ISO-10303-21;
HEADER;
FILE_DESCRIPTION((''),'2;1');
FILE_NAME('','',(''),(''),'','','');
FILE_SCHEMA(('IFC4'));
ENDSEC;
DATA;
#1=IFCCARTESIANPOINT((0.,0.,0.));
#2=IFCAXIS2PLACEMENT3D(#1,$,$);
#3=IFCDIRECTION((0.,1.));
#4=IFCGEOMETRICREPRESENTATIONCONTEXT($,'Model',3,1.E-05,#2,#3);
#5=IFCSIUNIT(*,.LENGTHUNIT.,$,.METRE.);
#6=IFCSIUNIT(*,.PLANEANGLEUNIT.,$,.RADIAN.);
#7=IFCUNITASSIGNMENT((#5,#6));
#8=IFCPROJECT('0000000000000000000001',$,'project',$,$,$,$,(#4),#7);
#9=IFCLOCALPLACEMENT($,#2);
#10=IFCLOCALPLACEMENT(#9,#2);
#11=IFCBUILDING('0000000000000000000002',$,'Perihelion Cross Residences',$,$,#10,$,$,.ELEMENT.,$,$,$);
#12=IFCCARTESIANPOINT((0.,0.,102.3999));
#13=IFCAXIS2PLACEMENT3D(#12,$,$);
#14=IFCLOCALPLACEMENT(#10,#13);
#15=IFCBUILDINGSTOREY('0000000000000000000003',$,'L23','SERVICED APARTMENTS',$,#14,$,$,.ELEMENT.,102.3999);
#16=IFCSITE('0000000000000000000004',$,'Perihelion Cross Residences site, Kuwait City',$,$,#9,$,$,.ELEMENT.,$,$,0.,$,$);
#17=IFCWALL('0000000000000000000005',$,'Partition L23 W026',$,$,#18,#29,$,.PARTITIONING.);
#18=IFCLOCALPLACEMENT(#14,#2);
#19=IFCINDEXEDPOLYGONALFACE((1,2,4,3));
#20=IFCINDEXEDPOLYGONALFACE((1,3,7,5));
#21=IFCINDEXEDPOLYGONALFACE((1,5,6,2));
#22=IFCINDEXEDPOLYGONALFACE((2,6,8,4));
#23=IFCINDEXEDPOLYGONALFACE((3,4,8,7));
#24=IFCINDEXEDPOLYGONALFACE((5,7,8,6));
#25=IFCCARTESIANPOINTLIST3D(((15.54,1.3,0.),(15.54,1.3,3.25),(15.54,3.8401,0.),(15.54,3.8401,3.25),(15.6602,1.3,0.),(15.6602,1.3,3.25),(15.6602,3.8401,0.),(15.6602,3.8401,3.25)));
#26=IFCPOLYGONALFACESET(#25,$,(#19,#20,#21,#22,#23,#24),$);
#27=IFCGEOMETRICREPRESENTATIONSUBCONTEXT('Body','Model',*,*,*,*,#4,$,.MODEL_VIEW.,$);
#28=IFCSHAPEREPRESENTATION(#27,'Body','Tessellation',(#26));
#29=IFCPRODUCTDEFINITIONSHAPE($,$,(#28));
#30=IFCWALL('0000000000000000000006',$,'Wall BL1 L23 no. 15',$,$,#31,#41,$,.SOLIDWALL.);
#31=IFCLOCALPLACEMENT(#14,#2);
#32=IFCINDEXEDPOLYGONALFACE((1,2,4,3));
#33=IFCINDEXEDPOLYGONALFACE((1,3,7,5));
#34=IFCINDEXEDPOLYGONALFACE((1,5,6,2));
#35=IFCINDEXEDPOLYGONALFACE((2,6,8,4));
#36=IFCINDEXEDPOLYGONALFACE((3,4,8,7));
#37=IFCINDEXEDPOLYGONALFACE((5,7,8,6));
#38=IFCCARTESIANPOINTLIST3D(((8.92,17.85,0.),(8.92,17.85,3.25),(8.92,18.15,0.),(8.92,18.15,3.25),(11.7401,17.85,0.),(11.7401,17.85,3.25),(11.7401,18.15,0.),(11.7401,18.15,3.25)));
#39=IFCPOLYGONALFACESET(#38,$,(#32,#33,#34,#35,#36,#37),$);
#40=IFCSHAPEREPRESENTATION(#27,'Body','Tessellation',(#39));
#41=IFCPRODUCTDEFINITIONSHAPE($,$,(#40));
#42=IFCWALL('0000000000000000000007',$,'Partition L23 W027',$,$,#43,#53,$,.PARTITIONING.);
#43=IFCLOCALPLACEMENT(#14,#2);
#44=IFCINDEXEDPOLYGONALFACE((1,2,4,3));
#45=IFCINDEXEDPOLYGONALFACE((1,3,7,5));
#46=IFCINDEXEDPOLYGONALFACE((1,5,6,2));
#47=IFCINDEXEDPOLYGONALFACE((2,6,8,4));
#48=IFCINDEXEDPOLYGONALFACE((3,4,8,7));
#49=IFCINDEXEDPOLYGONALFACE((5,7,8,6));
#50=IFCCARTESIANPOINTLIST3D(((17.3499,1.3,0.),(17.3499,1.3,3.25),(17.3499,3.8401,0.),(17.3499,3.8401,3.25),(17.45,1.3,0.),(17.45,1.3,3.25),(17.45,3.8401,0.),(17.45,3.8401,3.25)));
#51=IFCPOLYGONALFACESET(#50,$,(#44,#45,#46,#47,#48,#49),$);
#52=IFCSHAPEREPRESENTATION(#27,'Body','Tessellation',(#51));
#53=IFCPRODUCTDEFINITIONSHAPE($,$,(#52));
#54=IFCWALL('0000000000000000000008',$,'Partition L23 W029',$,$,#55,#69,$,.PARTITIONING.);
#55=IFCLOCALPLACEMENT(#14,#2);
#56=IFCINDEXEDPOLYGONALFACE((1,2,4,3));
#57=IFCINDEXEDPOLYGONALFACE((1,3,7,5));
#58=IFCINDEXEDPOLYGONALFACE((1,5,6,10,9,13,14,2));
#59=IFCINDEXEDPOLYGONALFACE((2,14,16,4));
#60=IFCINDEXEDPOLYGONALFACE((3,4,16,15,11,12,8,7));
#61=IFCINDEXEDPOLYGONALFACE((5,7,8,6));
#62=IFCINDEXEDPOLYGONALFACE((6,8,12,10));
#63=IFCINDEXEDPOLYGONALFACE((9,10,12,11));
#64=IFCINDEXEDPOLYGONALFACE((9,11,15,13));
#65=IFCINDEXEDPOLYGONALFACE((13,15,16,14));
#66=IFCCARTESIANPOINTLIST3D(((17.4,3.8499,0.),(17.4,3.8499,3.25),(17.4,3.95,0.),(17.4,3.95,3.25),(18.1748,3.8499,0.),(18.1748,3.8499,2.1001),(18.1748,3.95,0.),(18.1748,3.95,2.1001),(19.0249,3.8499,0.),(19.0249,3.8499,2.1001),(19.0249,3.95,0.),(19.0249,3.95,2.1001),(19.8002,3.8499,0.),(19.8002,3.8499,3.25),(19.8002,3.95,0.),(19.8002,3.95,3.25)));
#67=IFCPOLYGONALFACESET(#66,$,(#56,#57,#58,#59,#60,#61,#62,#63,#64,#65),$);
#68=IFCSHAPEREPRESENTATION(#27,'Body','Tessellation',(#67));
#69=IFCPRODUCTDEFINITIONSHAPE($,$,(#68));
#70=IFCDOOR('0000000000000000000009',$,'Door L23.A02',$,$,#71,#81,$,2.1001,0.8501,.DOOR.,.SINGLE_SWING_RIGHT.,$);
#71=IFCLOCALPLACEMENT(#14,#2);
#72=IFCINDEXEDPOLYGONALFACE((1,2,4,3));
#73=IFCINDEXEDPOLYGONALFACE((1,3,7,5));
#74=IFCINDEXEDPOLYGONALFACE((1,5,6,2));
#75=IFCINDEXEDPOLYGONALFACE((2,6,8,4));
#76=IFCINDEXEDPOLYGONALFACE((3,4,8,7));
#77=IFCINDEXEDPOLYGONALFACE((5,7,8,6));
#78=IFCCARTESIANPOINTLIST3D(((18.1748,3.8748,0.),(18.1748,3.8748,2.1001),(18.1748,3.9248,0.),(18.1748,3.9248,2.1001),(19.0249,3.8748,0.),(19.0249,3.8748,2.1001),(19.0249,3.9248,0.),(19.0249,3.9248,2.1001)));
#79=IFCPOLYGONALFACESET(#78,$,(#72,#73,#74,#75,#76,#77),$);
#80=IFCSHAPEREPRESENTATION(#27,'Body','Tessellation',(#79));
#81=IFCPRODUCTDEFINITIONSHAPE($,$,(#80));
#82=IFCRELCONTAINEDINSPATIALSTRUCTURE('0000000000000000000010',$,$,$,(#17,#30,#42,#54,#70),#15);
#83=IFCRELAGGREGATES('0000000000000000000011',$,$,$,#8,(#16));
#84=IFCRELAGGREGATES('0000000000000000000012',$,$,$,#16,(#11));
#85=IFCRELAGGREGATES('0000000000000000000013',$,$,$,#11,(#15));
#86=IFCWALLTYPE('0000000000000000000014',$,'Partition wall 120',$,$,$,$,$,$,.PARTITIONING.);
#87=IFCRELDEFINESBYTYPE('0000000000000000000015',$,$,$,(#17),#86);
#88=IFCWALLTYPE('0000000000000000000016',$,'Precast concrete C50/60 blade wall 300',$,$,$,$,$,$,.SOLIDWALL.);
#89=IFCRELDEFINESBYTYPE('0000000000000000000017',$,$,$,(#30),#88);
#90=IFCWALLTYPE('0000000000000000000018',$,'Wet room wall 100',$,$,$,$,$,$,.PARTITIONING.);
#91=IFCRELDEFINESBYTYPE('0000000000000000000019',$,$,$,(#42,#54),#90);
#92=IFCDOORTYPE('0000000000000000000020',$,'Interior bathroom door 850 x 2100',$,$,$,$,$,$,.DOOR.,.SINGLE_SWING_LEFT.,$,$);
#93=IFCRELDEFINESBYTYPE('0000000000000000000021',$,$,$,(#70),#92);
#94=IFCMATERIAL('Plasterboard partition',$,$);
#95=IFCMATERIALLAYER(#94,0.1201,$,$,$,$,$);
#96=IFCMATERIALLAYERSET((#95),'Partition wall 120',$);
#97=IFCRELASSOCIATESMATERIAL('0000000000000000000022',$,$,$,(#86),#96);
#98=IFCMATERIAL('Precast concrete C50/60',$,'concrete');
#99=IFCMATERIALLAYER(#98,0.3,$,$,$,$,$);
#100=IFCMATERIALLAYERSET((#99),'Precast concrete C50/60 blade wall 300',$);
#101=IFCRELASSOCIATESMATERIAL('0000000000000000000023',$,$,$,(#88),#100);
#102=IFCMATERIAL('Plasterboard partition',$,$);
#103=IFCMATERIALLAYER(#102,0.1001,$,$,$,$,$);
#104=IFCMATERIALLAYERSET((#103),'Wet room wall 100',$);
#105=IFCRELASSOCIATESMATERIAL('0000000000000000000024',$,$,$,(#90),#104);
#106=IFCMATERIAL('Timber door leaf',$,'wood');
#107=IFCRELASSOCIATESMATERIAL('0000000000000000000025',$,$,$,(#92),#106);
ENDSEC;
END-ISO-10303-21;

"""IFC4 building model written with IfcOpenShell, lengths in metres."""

from ifc_helpers import new_model, si_unit, direction, frame, frame_2d, origin, place, context, subcontext, project, spatial, rectangle, extrude, material, layer, layer_set, type_object, element, fill, save


model = new_model("IFC4")

# Units and contexts
model_context = context("Model", 3, precision=1e-05, world=origin(), true_north=direction((0.0, 1.0)))
body_context = subcontext(model_context, "Body", "Model", "MODEL_VIEW")
ifc_project = project(units=[si_unit("LENGTHUNIT", "METRE"), si_unit("PLANEANGLEUNIT", "RADIAN")], contexts=[model_context])

# Site, building, storey
site_placement = place(None, origin())
site = spatial("IfcSite", under=ifc_project, at=site_placement, Name="Perihelion Cross Residences site, Kuwait City", CompositionType="ELEMENT", RefElevation=0.0)
building_placement = place(site_placement, origin())
building = spatial("IfcBuilding", under=site, at=building_placement, Name="Perihelion Cross Residences", CompositionType="ELEMENT")
storey_placement = place(building_placement, frame((0.0, 0.0, 102.3999)))
storey = spatial("IfcBuildingStorey", under=building, at=storey_placement, Name="L23", Description="SERVICED APARTMENTS", CompositionType="ELEMENT", Elevation=102.3999)

# Shared definitions
ifc_material_1 = material(Name="Plasterboard partition")
ifc_layer_1 = layer(ifc_material_1, 0.1201)
ifc_layer_set_1 = layer_set([ifc_layer_1], Name="Partition wall 120")
wall_type_1 = type_object("IfcWallType", Name="Partition wall 120", PredefinedType="PARTITIONING", material=ifc_layer_set_1)

# Walls
wall_1_placement = place(storey_placement, frame((15.6001, 3.8401, 0.0), z_axis=(0.0, 0.0, 1.0), x_axis=(0.0, -1.0, 0.0)))
element("IfcWall", 1, at=wall_1_placement, inside=storey, type_object=wall_type_1, Name="Partition L23 W026", PredefinedType="PARTITIONING", context=body_context, shape_type="SweptSolid", body=[
    extrude(rectangle(XDim=2.54, YDim=0.1201, at=frame_2d((1.27, 0.0))), origin(), (0.0, 0.0, 1.0), 3.25),
])
ifc_material_2 = material(Name="Precast concrete C50/60", Category="concrete")
ifc_layer_2 = layer(ifc_material_2, 0.3)
ifc_layer_set_2 = layer_set([ifc_layer_2], Name="Precast concrete C50/60 blade wall 300")
wall_type_2 = type_object("IfcWallType", Name="Precast concrete C50/60 blade wall 300", PredefinedType="SOLIDWALL", material=ifc_layer_set_2)
wall_2_placement = place(storey_placement, frame((8.9199, 18.0, 0.0), z_axis=(0.0, 0.0, 1.0), x_axis=(1.0, 0.0, 0.0)))
element("IfcWall", 2, at=wall_2_placement, inside=storey, type_object=wall_type_2, Name="Wall BL1 L23 no. 15", PredefinedType="SOLIDWALL", context=body_context, shape_type="SweptSolid", body=[
    extrude(rectangle(XDim=2.8201, YDim=0.3, at=frame_2d((1.4102, 0.0))), origin(), (0.0, 0.0, 1.0), 3.25),
])
ifc_material_3 = material(Name="Plasterboard partition")
ifc_layer_3 = layer(ifc_material_3, 0.1001)
ifc_layer_set_3 = layer_set([ifc_layer_3], Name="Wet room wall 100")
wall_type_3 = type_object("IfcWallType", Name="Wet room wall 100", PredefinedType="PARTITIONING", material=ifc_layer_set_3)
wall_3_placement = place(storey_placement, frame((17.3999, 3.8401, 0.0), z_axis=(0.0, 0.0, 1.0), x_axis=(0.0, -1.0, 0.0)))
element("IfcWall", 3, at=wall_3_placement, inside=storey, type_object=wall_type_3, Name="Partition L23 W027", PredefinedType="PARTITIONING", context=body_context, shape_type="SweptSolid", body=[
    extrude(rectangle(XDim=2.54, YDim=0.1001, at=frame_2d((1.27, 0.0))), origin(), (0.0, 0.0, 1.0), 3.25),
])

# Wall, opening, door
wall_4_placement = place(storey_placement, frame((17.3999, 3.8999, 0.0), z_axis=(0.0, 0.0, 1.0), x_axis=(1.0, 0.0, 0.0)))
wall_4 = element("IfcWall", 4, at=wall_4_placement, inside=storey, type_object=wall_type_3, Name="Partition L23 W029", PredefinedType="PARTITIONING", context=body_context, shape_type="SweptSolid", body=[
    extrude(rectangle(XDim=2.4001, YDim=0.1001, at=frame_2d((1.2002, 0.0))), origin(), (0.0, 0.0, 1.0), 3.25),
])
opening_1_placement = place(wall_4_placement, frame((0.7749, 0.0, 0.0)))
opening_1 = element("IfcOpeningElement", 5, at=opening_1_placement, cuts=wall_4, PredefinedType="OPENING", context=body_context, shape_type="SweptSolid", body=[
    extrude(rectangle(XDim=0.8501, YDim=2.1001, at=frame_2d((0.425, 1.05))), frame((0.0, 0.0601, 0.0), z_axis=(0.0, -1.0, 0.0), x_axis=(1.0, 0.0, 0.0)), (0.0, 0.0, 1.0), 0.1201),
])
ifc_material_4 = material(Name="Timber door leaf", Category="wood")
door_type_1 = type_object("IfcDoorType", Name="Interior bathroom door 850 x 2100", OperationType="SINGLE_SWING_LEFT", PredefinedType="DOOR", material=ifc_material_4)
door_1_placement = place(opening_1_placement, origin())
door_1 = element("IfcDoor", 6, at=door_1_placement, inside=storey, type_object=door_type_1, Name="Door L23.A02", OperationType="SINGLE_SWING_RIGHT", OverallHeight=2.1001, OverallWidth=0.8501, PredefinedType="DOOR", context=body_context, shape_type="SweptSolid", body=[
    extrude(rectangle(XDim=0.8501, YDim=2.1001, at=frame_2d((0.425, 1.05))), frame((0.0, 0.0249, 0.0), z_axis=(0.0, -1.0, 0.0), x_axis=(1.0, 0.0, 0.0)), (0.0, 0.0, 1.0), 0.05),
])
fill(opening_1, door_1)

save(model, "model.ifc")
